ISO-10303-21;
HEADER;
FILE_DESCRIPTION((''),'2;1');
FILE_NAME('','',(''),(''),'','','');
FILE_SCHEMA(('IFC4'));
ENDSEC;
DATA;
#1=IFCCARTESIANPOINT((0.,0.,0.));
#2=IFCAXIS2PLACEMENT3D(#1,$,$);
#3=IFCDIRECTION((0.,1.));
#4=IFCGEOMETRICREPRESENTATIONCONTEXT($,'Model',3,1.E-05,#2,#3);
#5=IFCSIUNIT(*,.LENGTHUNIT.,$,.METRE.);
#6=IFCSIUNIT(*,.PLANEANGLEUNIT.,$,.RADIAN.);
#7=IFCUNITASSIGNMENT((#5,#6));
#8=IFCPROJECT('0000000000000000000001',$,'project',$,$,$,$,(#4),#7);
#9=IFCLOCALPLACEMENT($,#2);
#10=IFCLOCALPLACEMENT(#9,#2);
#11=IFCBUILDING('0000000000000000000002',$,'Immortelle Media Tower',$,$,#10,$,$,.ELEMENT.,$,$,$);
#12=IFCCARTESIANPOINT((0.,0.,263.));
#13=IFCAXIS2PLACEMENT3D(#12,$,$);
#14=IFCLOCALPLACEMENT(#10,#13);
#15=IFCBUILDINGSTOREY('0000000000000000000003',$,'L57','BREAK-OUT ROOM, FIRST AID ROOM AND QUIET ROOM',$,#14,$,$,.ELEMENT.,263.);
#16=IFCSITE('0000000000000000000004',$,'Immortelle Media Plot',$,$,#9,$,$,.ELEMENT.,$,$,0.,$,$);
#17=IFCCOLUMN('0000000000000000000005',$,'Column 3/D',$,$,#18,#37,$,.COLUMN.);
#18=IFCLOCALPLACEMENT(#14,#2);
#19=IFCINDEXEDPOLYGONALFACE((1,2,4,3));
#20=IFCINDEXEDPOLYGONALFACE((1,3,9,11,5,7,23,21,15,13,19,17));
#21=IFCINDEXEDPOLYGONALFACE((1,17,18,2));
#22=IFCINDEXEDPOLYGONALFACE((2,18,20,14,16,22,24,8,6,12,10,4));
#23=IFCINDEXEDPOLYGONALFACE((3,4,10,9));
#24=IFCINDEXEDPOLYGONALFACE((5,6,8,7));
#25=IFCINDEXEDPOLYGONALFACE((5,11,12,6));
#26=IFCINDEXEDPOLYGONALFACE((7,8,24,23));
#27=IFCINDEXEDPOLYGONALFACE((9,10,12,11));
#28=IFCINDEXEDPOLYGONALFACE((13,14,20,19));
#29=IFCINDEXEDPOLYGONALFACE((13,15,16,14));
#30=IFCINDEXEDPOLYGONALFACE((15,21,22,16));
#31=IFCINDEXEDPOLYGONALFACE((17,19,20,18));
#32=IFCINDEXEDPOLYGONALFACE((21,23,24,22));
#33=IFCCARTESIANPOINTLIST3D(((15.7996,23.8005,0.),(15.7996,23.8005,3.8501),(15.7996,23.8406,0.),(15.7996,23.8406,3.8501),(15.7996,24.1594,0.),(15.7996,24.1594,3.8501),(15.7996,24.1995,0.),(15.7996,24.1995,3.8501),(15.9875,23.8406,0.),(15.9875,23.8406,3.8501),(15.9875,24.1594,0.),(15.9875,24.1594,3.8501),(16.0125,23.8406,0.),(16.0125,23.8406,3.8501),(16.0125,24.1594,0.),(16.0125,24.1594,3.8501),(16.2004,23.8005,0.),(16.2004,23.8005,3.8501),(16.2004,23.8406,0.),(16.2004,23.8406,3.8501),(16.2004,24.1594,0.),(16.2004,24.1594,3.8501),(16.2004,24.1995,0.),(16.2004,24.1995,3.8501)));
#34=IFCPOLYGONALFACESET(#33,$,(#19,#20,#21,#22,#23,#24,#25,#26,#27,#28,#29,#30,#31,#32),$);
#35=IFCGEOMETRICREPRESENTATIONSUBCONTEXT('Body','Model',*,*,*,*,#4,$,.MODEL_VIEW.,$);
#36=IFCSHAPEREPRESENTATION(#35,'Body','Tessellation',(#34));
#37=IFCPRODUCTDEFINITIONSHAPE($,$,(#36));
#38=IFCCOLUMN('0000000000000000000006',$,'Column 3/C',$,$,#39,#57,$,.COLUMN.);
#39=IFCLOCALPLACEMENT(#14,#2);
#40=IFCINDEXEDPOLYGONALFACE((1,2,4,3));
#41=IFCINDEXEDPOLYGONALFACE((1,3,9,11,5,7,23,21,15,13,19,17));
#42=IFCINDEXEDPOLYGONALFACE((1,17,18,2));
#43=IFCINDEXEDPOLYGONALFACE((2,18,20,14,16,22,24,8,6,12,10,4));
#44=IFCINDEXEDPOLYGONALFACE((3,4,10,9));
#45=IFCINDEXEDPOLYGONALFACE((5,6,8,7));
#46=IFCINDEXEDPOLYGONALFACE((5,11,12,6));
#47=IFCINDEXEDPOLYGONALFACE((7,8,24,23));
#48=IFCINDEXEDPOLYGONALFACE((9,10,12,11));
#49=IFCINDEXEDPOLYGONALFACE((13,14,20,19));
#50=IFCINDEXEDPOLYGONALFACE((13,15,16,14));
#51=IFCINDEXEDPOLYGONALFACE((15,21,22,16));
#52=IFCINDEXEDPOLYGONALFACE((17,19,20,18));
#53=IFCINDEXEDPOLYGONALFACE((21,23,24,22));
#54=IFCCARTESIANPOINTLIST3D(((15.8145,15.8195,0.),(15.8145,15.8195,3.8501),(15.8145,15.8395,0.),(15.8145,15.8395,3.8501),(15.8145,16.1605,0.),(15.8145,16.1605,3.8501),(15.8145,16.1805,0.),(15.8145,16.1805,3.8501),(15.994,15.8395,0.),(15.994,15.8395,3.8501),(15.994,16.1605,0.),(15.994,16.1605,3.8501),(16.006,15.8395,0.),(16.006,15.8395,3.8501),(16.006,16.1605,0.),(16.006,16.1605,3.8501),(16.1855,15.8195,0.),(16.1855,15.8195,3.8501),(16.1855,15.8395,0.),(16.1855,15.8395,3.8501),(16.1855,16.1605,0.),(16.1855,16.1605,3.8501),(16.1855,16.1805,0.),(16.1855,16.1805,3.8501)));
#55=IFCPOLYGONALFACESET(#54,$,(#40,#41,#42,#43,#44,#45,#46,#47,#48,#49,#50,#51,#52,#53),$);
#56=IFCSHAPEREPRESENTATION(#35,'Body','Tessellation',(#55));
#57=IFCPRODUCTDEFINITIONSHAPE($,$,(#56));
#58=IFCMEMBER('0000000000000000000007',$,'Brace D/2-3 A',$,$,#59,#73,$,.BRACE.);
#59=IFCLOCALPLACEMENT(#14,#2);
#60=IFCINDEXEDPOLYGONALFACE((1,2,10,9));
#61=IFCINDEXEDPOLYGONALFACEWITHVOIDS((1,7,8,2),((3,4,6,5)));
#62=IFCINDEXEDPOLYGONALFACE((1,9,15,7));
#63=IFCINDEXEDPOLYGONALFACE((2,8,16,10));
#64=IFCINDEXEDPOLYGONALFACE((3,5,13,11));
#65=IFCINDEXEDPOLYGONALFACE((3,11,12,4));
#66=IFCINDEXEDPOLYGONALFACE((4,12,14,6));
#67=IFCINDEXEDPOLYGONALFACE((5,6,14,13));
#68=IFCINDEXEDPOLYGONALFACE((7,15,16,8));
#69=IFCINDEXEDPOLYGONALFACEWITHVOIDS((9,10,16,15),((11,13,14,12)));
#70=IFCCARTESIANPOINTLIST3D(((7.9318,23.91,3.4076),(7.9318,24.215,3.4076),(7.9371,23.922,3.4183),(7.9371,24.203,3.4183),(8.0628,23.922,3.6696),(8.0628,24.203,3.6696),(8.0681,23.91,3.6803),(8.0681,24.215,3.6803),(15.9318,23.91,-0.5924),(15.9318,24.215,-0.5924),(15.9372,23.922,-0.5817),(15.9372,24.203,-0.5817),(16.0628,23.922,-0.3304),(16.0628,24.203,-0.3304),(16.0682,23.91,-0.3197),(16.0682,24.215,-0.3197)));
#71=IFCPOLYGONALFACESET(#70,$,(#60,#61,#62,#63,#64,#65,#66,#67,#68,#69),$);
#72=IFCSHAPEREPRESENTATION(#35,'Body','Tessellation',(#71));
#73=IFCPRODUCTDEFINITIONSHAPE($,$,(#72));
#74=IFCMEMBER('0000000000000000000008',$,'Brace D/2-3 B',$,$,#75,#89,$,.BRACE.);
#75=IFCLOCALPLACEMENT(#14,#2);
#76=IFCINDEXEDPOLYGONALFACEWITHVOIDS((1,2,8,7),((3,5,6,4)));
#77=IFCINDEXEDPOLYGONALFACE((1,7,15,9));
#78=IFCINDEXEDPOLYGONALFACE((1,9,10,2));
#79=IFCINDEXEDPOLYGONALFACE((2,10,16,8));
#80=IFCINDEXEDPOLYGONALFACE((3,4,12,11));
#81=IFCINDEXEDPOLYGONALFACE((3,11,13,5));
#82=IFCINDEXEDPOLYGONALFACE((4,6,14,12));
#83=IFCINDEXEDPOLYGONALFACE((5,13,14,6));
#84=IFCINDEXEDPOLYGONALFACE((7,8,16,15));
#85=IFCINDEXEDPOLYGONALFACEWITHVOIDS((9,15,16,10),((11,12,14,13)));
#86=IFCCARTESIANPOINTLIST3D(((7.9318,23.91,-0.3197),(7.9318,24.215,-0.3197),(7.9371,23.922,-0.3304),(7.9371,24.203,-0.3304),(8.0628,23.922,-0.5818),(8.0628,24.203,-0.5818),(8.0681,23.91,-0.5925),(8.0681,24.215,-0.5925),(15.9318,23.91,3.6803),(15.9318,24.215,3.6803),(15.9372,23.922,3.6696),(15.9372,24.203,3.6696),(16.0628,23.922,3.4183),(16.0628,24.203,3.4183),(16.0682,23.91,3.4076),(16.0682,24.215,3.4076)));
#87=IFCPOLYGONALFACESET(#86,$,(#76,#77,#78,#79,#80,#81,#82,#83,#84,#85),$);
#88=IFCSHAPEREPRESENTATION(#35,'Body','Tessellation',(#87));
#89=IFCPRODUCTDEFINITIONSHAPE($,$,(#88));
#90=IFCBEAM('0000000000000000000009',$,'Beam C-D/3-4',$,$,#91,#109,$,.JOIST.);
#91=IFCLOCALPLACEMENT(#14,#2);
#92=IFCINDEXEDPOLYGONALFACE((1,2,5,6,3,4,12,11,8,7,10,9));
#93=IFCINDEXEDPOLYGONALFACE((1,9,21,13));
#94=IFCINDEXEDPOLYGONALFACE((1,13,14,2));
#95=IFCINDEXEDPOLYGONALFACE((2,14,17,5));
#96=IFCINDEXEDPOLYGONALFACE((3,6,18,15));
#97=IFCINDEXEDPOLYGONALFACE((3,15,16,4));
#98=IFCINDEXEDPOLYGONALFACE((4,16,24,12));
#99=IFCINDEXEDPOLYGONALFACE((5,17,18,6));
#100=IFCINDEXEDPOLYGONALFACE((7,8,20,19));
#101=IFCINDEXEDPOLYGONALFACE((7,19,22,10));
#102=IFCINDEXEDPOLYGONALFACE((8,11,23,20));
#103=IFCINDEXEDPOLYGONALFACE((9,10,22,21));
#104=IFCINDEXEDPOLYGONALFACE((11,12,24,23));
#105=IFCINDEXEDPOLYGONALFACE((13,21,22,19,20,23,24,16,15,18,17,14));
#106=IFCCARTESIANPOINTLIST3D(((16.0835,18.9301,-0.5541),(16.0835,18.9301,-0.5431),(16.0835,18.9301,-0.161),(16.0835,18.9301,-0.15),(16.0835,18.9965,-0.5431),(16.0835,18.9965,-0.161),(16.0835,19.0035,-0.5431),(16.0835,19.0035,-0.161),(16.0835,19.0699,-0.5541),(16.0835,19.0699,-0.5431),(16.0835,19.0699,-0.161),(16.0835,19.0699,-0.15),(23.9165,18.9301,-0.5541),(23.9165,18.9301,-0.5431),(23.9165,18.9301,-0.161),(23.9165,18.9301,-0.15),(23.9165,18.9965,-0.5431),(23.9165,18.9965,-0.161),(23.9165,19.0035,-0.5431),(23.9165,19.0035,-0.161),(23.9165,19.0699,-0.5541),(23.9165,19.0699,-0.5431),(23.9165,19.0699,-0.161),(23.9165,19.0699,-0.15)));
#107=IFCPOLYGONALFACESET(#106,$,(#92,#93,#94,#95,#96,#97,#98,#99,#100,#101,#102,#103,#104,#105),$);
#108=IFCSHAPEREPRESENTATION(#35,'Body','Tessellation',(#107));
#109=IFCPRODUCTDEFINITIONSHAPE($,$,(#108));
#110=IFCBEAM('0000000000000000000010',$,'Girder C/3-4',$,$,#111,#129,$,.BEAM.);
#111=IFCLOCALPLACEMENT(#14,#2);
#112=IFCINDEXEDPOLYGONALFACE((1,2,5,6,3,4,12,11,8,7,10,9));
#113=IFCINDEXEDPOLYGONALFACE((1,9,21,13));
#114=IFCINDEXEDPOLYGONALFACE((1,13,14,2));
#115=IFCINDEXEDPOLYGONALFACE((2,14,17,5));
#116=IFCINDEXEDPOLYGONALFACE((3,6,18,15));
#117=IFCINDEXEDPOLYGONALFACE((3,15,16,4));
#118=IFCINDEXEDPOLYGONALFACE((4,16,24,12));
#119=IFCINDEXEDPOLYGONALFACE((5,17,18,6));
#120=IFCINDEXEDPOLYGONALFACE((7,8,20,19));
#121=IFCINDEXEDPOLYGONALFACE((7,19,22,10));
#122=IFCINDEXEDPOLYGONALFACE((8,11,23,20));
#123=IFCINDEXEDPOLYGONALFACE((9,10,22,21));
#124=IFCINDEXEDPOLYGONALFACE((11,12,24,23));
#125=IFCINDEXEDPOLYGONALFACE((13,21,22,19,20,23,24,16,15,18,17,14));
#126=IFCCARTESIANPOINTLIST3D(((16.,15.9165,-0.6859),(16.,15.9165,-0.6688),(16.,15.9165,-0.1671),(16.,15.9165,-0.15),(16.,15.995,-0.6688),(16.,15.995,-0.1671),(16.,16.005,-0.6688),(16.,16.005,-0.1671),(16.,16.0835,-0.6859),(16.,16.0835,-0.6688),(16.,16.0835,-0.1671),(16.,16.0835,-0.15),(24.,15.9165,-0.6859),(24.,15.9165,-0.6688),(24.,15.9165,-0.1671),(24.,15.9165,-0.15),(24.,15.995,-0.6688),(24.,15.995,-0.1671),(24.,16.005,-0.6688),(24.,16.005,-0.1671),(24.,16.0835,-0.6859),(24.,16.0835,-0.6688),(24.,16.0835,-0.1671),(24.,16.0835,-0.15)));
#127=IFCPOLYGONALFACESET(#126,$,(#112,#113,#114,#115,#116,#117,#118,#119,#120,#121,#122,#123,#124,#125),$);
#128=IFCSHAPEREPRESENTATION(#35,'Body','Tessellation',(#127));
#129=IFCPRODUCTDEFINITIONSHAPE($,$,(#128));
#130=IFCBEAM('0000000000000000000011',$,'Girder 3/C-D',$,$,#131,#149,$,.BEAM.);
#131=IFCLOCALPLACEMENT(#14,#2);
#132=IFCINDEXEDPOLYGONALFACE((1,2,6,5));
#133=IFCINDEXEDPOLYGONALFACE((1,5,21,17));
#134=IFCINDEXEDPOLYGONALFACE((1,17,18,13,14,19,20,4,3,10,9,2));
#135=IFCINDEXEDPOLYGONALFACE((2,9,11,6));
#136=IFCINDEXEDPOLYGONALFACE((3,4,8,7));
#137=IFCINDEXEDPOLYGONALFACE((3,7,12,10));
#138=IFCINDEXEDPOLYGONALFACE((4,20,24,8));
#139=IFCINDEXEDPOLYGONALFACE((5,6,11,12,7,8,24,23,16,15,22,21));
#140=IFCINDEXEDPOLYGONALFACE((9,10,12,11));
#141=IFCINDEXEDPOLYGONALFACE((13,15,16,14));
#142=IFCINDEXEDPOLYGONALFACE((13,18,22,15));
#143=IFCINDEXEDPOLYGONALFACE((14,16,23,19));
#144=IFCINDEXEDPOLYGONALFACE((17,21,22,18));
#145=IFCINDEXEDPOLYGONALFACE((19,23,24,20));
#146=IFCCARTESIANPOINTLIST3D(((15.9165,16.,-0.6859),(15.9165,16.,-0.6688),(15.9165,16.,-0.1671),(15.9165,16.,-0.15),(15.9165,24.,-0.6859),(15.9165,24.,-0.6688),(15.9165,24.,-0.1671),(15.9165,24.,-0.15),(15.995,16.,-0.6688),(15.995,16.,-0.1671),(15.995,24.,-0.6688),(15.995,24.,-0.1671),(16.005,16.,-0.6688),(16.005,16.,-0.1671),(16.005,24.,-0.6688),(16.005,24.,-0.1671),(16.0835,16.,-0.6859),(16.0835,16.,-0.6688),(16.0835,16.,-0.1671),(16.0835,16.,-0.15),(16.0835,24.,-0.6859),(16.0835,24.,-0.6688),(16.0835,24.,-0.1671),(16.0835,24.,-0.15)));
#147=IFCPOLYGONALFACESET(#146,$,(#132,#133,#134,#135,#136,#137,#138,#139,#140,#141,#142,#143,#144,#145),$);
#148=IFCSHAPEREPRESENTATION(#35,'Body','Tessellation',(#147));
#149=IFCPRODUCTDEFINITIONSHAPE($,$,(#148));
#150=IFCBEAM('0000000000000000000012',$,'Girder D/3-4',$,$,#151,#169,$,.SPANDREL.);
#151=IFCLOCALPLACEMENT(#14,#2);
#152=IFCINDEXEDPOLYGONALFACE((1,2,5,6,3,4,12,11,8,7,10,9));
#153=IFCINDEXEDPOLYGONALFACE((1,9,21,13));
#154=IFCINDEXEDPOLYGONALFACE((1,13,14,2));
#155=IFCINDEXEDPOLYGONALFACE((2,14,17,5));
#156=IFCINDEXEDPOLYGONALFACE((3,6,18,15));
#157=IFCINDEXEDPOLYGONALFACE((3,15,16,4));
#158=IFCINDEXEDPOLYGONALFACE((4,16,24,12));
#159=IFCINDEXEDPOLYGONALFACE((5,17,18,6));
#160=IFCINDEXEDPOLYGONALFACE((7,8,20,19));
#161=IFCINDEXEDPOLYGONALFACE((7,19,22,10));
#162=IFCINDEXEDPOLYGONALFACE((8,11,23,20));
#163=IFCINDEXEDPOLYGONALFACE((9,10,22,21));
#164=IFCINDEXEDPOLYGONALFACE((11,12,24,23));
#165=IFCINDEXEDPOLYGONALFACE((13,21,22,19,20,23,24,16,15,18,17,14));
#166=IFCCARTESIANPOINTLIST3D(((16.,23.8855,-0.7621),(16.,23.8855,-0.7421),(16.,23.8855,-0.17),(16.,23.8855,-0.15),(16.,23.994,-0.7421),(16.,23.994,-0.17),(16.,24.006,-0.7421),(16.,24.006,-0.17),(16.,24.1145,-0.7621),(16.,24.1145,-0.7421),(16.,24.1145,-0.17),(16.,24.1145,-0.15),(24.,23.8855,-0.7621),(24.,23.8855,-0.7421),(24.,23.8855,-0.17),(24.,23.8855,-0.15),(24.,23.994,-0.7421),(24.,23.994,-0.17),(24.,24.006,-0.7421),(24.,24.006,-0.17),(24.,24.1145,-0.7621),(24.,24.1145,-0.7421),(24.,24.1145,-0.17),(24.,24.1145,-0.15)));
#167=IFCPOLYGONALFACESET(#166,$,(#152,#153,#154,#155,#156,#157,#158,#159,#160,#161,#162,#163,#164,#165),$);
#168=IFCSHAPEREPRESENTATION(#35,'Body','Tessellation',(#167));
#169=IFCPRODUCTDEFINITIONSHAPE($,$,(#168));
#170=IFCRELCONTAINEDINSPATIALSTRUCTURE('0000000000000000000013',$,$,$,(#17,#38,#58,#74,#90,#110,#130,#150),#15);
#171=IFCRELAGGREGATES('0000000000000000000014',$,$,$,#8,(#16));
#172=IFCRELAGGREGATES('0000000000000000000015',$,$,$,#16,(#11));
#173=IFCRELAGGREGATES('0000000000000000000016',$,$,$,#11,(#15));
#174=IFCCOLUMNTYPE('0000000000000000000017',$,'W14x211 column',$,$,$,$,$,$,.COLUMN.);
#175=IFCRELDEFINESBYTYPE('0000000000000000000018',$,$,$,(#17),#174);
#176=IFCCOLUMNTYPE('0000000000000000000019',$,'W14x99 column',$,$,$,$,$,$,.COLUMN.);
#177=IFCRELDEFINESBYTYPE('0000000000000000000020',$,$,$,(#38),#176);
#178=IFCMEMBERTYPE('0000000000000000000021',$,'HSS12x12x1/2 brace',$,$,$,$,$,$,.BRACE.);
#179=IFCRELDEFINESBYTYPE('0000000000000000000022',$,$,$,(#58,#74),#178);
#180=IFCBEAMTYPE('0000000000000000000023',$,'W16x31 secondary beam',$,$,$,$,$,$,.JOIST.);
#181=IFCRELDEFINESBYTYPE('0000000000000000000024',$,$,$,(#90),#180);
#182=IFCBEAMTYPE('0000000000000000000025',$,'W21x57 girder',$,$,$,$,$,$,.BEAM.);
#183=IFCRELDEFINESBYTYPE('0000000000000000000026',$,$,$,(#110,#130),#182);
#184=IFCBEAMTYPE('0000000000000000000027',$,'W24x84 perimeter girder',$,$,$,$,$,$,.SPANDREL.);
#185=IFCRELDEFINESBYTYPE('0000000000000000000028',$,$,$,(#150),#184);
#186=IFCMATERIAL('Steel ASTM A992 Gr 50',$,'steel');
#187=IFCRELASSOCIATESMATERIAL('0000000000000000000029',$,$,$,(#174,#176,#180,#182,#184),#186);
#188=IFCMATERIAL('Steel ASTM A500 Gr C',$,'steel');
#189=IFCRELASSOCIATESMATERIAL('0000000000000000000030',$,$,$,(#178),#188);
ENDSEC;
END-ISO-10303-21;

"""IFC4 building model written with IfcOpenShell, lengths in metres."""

from ifc_helpers import new_model, si_unit, direction, frame, origin, origin_2d, place, context, subcontext, project, spatial, hollow_rectangle, i_section, extrude, material, material_profile, profile_set, type_object, element, save


model = new_model("IFC4")

# Units and contexts
model_context = context("Model", 3, precision=1e-05, world=origin(), true_north=direction((0.0, 1.0)))
body_context = subcontext(model_context, "Body", "Model", "MODEL_VIEW")
ifc_project = project(units=[si_unit("LENGTHUNIT", "METRE"), si_unit("PLANEANGLEUNIT", "RADIAN")], contexts=[model_context])

# Site, building, storey
site_placement = place(None, origin())
site = spatial("IfcSite", under=ifc_project, at=site_placement, Name="Immortelle Media Plot", CompositionType="ELEMENT", RefElevation=0.0)
building_placement = place(site_placement, origin())
building = spatial("IfcBuilding", under=site, at=building_placement, Name="Immortelle Media Tower", CompositionType="ELEMENT")
storey_placement = place(building_placement, frame((0.0, 0.0, 263.0)))
storey = spatial("IfcBuildingStorey", under=building, at=storey_placement, Name="L57", Description="BREAK-OUT ROOM, FIRST AID ROOM AND QUIET ROOM", CompositionType="ELEMENT", Elevation=263.0)

# Columns
ifc_material_1 = material(Name="Steel ASTM A992 Gr 50", Category="steel")
ifc_material_profile_1 = material_profile(ifc_material_1, i_section(OverallWidth=0.4009, OverallDepth=0.3989, WebThickness=0.0249, FlangeThickness=0.04, at=origin_2d()), Name="W14x211")
ifc_profile_set_1 = profile_set([ifc_material_profile_1], Name="Steel ASTM A992 Gr 50")
column_type_1 = type_object("IfcColumnType", Name="W14x211 column", PredefinedType="COLUMN", material=ifc_profile_set_1)
column_1_placement = place(storey_placement, frame((16.0, 24.0, 0.0), z_axis=(0.0, 0.0, 1.0), x_axis=(1.0, 0.0, 0.0)))
element("IfcColumn", 1, at=column_1_placement, inside=storey, type_object=column_type_1, Name="Column 3/D", PredefinedType="COLUMN", context=body_context, shape_type="SweptSolid", body=[
    extrude(i_section(OverallWidth=0.4009, OverallDepth=0.3989, WebThickness=0.0249, FlangeThickness=0.04, at=origin_2d()), origin(), (0.0, 0.0, 1.0), 3.8501),
])
ifc_material_profile_2 = material_profile(ifc_material_1, i_section(OverallWidth=0.3711, OverallDepth=0.3611, WebThickness=0.012, FlangeThickness=0.02, at=origin_2d()), Name="W14x99")
ifc_profile_set_2 = profile_set([ifc_material_profile_2], Name="Steel ASTM A992 Gr 50")
column_type_2 = type_object("IfcColumnType", Name="W14x99 column", PredefinedType="COLUMN", material=ifc_profile_set_2)
column_2_placement = place(storey_placement, frame((16.0, 16.0, 0.0), z_axis=(0.0, 0.0, 1.0), x_axis=(1.0, 0.0, 0.0)))
element("IfcColumn", 2, at=column_2_placement, inside=storey, type_object=column_type_2, Name="Column 3/C", PredefinedType="COLUMN", context=body_context, shape_type="SweptSolid", body=[
    extrude(i_section(OverallWidth=0.3711, OverallDepth=0.3611, WebThickness=0.012, FlangeThickness=0.02, at=origin_2d()), origin(), (0.0, 0.0, 1.0), 3.8501),
])

# Members
ifc_material_2 = material(Name="Steel ASTM A500 Gr C", Category="steel")
ifc_material_profile_3 = material_profile(ifc_material_2, hollow_rectangle(XDim=0.3049, YDim=0.3049, WallThickness=0.012, at=origin_2d()), Name="HSS12x12x1/2 brace")
ifc_profile_set_3 = profile_set([ifc_material_profile_3], Name="Steel ASTM A500 Gr C")
member_type = type_object("IfcMemberType", Name="HSS12x12x1/2 brace", PredefinedType="BRACE", material=ifc_profile_set_3)
for number, where, z_axis, x_axis, name in (
    (3, (16.0, 24.0625, -0.4561), (-0.894427, 0.0, 0.447214), (0.0, -1.0, 0.0), "Brace D/2-3 A"),
    (4, (16.0, 24.0625, 3.5439), (-0.894427, 0.0, -0.447214), (0.0, -1.0, 0.0), "Brace D/2-3 B"),
):
    element("IfcMember", number, at=place(storey_placement, frame(where, z_axis=z_axis, x_axis=x_axis)), inside=storey, type_object=member_type, Name=name, PredefinedType="BRACE", context=body_context, shape_type="SweptSolid", body=[
        extrude(hollow_rectangle(XDim=0.3049, YDim=0.3049, WallThickness=0.012, at=origin_2d()), origin(), (0.0, 0.0, 1.0), 8.9443),
    ])

# Beams
ifc_material_profile_4 = material_profile(ifc_material_1, i_section(OverallWidth=0.1399, OverallDepth=0.4041, WebThickness=0.0071, FlangeThickness=0.011, at=origin_2d()), Name="W16x31")
ifc_profile_set_4 = profile_set([ifc_material_profile_4], Name="Steel ASTM A992 Gr 50")
beam_type_1 = type_object("IfcBeamType", Name="W16x31 secondary beam", PredefinedType="JOIST", material=ifc_profile_set_4)
beam_1_placement = place(storey_placement, frame((16.0835, 19.0, -0.3521), z_axis=(1.0, 0.0, 0.0), x_axis=(0.0, 1.0, 0.0)))
element("IfcBeam", 5, at=beam_1_placement, inside=storey, type_object=beam_type_1, Name="Beam C-D/3-4", PredefinedType="JOIST", context=body_context, shape_type="SweptSolid", body=[
    extrude(i_section(OverallWidth=0.1399, OverallDepth=0.4041, WebThickness=0.0071, FlangeThickness=0.011, at=origin_2d()), origin(), (0.0, 0.0, 1.0), 7.833),
])
ifc_material_profile_5 = material_profile(ifc_material_1, i_section(OverallWidth=0.167, OverallDepth=0.5359, WebThickness=0.01, FlangeThickness=0.0171, at=origin_2d()), Name="W21x57")
ifc_profile_set_5 = profile_set([ifc_material_profile_5], Name="Steel ASTM A992 Gr 50")
beam_type_2 = type_object("IfcBeamType", Name="W21x57 girder", PredefinedType="BEAM", material=ifc_profile_set_5)
for number, where, z_axis, x_axis, name in (
    (6, (16.0, 16.0, -0.418), (1.0, 0.0, 0.0), (0.0, 1.0, 0.0), "Girder C/3-4"),
    (7, (16.0, 16.0, -0.418), (0.0, 1.0, 0.0), (-1.0, 0.0, 0.0), "Girder 3/C-D"),
):
    element("IfcBeam", number, at=place(storey_placement, frame(where, z_axis=z_axis, x_axis=x_axis)), inside=storey, type_object=beam_type_2, Name=name, PredefinedType="BEAM", context=body_context, shape_type="SweptSolid", body=[
        extrude(i_section(OverallWidth=0.167, OverallDepth=0.5359, WebThickness=0.01, FlangeThickness=0.0171, at=origin_2d()), origin(), (0.0, 0.0, 1.0), 8.0),
    ])
ifc_material_profile_6 = material_profile(ifc_material_1, i_section(OverallWidth=0.229, OverallDepth=0.6121, WebThickness=0.012, FlangeThickness=0.02, at=origin_2d()), Name="W24x84")
ifc_profile_set_6 = profile_set([ifc_material_profile_6], Name="Steel ASTM A992 Gr 50")
beam_type_3 = type_object("IfcBeamType", Name="W24x84 perimeter girder", PredefinedType="SPANDREL", material=ifc_profile_set_6)
beam_2_placement = place(storey_placement, frame((16.0, 24.0, -0.4561), z_axis=(1.0, 0.0, 0.0), x_axis=(0.0, 1.0, 0.0)))
element("IfcBeam", 8, at=beam_2_placement, inside=storey, type_object=beam_type_3, Name="Girder D/3-4", PredefinedType="SPANDREL", context=body_context, shape_type="SweptSolid", body=[
    extrude(i_section(OverallWidth=0.229, OverallDepth=0.6121, WebThickness=0.012, FlangeThickness=0.02, at=origin_2d()), origin(), (0.0, 0.0, 1.0), 8.0),
])

save(model, "model.ifc")
